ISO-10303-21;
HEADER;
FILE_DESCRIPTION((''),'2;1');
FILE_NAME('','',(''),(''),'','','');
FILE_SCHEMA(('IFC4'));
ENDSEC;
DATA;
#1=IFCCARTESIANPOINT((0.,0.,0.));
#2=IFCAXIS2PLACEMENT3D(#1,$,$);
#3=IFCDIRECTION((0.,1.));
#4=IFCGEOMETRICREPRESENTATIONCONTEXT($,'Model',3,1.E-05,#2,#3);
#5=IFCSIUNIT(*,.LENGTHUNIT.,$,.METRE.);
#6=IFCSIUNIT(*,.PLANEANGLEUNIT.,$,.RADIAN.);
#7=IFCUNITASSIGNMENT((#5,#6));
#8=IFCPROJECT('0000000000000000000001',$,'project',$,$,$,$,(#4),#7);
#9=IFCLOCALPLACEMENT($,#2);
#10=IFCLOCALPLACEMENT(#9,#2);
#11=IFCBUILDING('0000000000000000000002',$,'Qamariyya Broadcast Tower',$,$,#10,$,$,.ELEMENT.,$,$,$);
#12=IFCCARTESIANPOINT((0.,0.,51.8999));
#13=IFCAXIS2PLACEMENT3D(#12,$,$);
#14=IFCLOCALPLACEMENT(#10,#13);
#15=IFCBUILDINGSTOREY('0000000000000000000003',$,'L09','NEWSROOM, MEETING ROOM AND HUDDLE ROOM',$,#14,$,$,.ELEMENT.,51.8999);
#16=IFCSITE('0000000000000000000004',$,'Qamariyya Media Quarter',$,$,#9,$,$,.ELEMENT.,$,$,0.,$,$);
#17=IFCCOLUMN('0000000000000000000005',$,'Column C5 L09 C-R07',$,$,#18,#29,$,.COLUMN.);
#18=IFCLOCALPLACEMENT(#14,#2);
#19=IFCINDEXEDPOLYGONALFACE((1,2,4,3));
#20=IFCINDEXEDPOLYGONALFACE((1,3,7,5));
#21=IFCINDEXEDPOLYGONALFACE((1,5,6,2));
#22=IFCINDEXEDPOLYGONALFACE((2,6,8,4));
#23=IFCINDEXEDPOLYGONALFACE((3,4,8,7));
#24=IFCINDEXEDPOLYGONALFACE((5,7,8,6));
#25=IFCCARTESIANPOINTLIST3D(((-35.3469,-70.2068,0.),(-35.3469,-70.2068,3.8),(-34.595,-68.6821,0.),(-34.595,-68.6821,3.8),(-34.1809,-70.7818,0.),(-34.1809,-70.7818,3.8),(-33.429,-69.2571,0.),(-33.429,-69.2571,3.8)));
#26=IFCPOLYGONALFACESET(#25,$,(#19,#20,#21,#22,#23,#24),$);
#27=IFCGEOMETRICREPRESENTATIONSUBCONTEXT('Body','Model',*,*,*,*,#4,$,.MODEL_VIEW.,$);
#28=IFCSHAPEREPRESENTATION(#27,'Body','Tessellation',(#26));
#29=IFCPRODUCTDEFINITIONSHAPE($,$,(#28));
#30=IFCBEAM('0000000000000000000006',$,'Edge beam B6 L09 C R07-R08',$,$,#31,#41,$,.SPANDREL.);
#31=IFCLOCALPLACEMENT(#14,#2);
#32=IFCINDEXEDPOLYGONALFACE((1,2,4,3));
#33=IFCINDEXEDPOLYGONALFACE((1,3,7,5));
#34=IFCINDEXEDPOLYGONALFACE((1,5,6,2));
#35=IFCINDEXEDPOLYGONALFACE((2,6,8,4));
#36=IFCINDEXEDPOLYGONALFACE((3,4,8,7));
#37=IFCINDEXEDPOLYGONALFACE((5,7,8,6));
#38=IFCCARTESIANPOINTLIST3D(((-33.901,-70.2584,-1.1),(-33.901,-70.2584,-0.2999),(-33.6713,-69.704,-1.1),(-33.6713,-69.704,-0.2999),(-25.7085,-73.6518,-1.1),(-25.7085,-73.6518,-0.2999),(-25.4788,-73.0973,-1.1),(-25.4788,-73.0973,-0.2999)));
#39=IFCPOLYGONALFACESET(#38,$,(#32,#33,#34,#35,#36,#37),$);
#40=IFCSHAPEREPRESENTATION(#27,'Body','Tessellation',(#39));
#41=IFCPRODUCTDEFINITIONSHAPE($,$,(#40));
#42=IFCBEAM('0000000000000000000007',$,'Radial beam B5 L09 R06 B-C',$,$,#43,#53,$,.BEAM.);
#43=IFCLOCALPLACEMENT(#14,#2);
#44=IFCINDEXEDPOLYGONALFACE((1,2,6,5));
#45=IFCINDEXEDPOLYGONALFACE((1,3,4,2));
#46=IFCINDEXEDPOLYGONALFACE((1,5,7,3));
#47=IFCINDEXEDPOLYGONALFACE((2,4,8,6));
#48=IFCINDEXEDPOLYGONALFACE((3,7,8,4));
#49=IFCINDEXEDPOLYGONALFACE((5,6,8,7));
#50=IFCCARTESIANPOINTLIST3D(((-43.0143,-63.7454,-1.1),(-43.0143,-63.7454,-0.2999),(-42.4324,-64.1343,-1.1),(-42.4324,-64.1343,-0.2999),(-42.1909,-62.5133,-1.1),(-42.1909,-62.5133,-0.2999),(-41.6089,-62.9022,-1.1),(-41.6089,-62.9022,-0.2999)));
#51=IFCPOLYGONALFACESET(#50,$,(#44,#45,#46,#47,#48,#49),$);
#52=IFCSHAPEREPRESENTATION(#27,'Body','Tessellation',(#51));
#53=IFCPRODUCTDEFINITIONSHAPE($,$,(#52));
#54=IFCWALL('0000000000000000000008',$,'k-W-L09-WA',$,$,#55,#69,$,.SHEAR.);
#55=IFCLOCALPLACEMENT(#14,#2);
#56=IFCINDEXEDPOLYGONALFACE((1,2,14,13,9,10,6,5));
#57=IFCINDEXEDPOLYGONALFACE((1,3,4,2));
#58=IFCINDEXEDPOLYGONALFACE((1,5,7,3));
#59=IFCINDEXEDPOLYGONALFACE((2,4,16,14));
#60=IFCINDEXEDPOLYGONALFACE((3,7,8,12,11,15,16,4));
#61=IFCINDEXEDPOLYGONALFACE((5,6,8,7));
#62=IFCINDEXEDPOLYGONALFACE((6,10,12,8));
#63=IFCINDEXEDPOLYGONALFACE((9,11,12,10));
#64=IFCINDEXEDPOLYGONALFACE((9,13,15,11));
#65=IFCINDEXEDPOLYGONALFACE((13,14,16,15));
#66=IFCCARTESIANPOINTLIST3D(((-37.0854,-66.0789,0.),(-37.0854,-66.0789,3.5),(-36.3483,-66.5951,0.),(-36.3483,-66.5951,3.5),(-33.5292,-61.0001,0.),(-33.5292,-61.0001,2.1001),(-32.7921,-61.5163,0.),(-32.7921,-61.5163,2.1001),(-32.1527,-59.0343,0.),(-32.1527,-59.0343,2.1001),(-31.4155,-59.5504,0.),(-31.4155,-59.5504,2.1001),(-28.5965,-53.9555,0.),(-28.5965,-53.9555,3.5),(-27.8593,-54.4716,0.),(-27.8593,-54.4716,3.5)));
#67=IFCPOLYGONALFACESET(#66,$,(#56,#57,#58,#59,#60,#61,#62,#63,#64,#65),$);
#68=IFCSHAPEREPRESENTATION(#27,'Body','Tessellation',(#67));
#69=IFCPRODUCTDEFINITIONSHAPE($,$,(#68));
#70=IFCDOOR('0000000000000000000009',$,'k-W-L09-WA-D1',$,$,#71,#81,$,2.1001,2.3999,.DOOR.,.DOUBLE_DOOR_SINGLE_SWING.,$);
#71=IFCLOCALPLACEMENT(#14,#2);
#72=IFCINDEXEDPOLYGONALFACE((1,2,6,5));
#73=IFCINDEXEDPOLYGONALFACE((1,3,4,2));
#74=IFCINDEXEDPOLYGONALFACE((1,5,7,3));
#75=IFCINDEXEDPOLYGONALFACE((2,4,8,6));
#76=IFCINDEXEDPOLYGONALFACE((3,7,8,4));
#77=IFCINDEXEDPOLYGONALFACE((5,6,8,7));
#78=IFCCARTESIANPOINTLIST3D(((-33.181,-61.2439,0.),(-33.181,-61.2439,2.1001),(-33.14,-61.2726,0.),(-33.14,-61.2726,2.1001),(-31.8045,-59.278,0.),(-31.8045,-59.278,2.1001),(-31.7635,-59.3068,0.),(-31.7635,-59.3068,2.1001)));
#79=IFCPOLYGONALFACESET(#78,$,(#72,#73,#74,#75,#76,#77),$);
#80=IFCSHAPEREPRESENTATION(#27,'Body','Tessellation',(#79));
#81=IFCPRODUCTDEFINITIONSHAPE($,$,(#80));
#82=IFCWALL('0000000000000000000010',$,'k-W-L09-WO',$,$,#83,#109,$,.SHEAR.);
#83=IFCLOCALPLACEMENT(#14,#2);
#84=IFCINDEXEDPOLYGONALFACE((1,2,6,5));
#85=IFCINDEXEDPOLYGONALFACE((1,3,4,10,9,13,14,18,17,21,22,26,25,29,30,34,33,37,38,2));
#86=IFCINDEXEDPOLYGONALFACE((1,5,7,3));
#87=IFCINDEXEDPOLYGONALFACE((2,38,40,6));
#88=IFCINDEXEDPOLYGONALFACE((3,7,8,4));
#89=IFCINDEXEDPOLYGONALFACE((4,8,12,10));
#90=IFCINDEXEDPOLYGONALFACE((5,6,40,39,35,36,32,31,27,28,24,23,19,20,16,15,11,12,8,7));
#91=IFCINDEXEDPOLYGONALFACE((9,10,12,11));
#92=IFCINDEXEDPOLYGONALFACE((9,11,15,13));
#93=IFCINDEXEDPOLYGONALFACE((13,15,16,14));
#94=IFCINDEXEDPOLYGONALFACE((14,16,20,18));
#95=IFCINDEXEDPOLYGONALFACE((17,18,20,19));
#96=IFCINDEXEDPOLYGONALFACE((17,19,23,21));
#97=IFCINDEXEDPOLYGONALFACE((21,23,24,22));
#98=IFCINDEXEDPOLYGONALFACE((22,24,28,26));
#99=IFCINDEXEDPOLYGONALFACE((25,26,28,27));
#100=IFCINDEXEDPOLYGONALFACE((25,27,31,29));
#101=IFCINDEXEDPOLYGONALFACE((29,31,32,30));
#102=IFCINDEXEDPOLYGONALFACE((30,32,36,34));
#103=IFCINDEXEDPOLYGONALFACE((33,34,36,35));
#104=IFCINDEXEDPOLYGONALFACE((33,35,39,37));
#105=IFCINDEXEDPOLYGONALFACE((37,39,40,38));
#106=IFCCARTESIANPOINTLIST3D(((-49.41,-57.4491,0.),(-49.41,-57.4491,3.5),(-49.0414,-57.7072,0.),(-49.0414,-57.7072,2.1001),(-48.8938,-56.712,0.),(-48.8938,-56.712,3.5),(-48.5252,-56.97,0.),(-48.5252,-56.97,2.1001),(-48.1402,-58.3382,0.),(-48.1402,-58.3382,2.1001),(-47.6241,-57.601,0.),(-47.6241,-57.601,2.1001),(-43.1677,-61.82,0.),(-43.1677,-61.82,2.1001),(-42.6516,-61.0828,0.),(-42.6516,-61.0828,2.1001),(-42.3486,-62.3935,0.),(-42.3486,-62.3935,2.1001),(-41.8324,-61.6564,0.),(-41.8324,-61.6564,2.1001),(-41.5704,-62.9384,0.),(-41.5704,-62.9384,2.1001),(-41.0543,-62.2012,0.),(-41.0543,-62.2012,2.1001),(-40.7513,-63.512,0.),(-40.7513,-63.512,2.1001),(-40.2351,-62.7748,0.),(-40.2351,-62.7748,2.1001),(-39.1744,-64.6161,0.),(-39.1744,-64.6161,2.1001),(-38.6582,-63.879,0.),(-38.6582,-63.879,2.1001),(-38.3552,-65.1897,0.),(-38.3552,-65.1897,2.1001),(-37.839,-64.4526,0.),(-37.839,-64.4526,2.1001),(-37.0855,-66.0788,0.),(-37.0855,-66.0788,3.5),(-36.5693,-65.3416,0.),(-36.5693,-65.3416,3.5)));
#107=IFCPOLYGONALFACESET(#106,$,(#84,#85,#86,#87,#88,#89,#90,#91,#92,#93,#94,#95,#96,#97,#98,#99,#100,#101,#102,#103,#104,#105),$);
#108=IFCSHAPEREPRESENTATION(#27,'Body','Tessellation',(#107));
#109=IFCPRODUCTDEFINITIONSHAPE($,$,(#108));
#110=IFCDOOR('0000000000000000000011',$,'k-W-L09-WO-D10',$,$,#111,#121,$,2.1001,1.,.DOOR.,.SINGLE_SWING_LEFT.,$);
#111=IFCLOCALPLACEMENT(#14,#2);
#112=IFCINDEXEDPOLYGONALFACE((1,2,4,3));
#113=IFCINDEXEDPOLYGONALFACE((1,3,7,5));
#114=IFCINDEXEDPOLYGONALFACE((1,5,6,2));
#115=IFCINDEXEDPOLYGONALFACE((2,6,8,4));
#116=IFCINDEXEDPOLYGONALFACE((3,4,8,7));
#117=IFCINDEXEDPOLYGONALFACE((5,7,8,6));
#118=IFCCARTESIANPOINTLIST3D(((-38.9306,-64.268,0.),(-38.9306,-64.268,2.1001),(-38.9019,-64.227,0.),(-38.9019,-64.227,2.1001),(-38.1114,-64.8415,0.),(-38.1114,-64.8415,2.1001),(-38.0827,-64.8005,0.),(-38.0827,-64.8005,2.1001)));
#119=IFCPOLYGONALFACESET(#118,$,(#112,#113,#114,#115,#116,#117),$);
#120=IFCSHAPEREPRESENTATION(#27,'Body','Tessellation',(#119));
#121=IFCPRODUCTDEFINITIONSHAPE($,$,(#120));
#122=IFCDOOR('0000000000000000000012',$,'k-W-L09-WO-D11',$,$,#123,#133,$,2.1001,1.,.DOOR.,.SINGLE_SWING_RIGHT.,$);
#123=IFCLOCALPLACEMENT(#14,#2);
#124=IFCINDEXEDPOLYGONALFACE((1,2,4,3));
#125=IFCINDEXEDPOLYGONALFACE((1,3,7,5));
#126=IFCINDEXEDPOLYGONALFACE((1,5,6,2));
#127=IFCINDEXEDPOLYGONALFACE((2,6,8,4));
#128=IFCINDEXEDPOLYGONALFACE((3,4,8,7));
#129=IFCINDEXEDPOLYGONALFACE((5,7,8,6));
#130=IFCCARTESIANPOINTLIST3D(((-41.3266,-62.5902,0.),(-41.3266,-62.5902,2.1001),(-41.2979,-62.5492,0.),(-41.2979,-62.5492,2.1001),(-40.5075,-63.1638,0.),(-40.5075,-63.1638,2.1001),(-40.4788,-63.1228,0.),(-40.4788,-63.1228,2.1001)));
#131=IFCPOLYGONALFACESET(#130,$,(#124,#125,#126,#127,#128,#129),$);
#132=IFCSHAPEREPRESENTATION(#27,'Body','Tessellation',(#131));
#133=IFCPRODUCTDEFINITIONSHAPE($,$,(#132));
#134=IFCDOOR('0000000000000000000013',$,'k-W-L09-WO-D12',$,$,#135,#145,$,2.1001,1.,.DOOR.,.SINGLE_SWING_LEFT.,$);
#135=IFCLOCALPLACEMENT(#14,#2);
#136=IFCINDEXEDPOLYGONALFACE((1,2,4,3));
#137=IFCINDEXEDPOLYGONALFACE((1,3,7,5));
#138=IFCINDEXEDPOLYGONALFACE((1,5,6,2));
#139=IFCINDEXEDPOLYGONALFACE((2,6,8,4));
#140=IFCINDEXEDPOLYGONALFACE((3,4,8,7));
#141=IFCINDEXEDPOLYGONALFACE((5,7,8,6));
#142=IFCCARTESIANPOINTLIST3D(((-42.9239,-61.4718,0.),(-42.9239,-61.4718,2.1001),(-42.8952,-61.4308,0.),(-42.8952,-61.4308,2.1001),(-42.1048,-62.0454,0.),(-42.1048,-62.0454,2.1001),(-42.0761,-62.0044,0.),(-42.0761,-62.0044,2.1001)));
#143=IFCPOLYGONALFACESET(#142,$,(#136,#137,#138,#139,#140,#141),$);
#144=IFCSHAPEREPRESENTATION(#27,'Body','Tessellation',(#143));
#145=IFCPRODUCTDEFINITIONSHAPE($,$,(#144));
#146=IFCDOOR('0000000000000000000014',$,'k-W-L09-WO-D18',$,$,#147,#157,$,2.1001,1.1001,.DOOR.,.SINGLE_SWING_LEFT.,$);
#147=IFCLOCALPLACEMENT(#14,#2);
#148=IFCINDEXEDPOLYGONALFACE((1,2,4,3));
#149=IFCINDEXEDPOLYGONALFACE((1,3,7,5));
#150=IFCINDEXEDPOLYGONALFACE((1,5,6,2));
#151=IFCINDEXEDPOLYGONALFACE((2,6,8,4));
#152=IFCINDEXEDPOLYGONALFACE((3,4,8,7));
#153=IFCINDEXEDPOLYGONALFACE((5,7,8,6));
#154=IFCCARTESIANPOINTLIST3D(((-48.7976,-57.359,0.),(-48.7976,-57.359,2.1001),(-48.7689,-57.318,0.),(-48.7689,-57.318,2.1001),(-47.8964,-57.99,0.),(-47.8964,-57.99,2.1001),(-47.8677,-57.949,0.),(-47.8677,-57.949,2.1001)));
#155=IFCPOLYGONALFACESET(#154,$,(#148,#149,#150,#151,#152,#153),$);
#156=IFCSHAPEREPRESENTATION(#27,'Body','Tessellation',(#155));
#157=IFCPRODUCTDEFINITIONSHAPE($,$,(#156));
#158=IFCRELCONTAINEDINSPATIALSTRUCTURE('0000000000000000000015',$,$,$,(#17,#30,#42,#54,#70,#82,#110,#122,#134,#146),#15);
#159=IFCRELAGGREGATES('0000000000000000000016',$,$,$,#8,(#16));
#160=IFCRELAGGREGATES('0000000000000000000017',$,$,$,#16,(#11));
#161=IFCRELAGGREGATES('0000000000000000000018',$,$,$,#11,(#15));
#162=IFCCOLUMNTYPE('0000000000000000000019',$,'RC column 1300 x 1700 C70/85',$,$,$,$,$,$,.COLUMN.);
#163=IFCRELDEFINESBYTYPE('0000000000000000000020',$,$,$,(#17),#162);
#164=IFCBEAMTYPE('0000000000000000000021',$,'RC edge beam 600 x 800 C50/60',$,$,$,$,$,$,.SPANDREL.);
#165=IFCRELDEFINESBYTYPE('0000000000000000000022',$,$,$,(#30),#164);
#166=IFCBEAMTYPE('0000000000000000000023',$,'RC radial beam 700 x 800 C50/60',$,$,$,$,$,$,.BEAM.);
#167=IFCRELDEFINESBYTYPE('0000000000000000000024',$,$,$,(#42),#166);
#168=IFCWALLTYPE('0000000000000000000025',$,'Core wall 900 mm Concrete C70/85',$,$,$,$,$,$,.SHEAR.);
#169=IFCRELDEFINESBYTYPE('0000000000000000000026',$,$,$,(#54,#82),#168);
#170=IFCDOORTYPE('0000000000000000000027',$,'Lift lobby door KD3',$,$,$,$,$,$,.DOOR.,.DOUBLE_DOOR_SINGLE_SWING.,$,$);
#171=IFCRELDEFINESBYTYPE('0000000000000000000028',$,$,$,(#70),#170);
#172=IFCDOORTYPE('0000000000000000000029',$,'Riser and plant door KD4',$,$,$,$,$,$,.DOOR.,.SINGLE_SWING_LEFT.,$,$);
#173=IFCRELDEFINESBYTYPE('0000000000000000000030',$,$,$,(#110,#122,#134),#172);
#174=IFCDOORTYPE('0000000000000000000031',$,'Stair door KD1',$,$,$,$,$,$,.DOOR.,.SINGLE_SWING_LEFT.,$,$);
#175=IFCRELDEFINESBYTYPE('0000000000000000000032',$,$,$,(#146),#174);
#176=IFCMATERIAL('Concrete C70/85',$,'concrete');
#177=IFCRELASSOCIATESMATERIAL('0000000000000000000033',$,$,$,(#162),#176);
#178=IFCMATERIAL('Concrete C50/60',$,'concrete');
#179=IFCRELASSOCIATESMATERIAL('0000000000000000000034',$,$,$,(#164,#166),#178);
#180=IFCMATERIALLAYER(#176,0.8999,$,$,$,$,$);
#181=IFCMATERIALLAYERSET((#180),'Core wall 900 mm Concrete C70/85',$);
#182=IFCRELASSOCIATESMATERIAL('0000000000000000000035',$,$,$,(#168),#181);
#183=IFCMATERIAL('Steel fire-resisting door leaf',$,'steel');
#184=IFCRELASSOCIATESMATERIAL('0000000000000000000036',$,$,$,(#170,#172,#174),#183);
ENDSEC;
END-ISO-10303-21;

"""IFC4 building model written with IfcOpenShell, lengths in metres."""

from ifc_helpers import new_model, si_unit, direction, frame, frame_2d, origin, origin_2d, place, context, subcontext, project, spatial, rectangle, extrude, material, layer, layer_set, material_profile, profile_set, type_object, element, fill, save


model = new_model("IFC4")

# Units and contexts
model_context = context("Model", 3, precision=1e-05, world=origin(), true_north=direction((0.0, 1.0)))
body_context = subcontext(model_context, "Body", "Model", "MODEL_VIEW")
ifc_project = project(units=[si_unit("LENGTHUNIT", "METRE"), si_unit("PLANEANGLEUNIT", "RADIAN")], contexts=[model_context])

# Site, building, storey
site_placement = place(None, origin())
site = spatial("IfcSite", under=ifc_project, at=site_placement, Name="Qamariyya Media Quarter", CompositionType="ELEMENT", RefElevation=0.0)
building_placement = place(site_placement, origin())
building = spatial("IfcBuilding", under=site, at=building_placement, Name="Qamariyya Broadcast Tower", CompositionType="ELEMENT")
storey_placement = place(building_placement, frame((0.0, 0.0, 51.8999)))
storey = spatial("IfcBuildingStorey", under=building, at=storey_placement, Name="L09", Description="NEWSROOM, MEETING ROOM AND HUDDLE ROOM", CompositionType="ELEMENT", Elevation=51.8999)

# Column
ifc_material_1 = material(Name="Concrete C70/85", Category="concrete")
ifc_material_profile_1 = material_profile(ifc_material_1, rectangle(XDim=1.3, YDim=1.7, at=origin_2d()))
ifc_profile_set_1 = profile_set([ifc_material_profile_1], Name="Concrete C70/85")
column_type = type_object("IfcColumnType", Name="RC column 1300 x 1700 C70/85", PredefinedType="COLUMN", material=ifc_profile_set_1)
column_placement = place(storey_placement, frame((-34.3879, -69.7319, 0.0), z_axis=(0.0, 0.0, 1.0), x_axis=(0.896873, -0.442289, 0.0)))
element("IfcColumn", 1, at=column_placement, inside=storey, type_object=column_type, Name="Column C5 L09 C-R07", PredefinedType="COLUMN", context=body_context, shape_type="SweptSolid", body=[
    extrude(rectangle(XDim=1.3, YDim=1.7, at=origin_2d()), origin(), (0.0, 0.0, 1.0), 3.8),
])

# Beams
ifc_material_2 = material(Name="Concrete C50/60", Category="concrete")
ifc_material_profile_2 = material_profile(ifc_material_2, rectangle(XDim=0.6001, YDim=0.8, at=origin_2d()))
ifc_profile_set_2 = profile_set([ifc_material_profile_2], Name="Concrete C50/60")
beam_type_1 = type_object("IfcBeamType", Name="RC edge beam 600 x 800 C50/60", PredefinedType="SPANDREL", material=ifc_profile_set_2)
beam_1_placement = place(storey_placement, frame((-33.7861, -69.9812, -0.7), z_axis=(0.923883, -0.382675, 0.0), x_axis=(0.382675, 0.923883, 0.0)))
element("IfcBeam", 2, at=beam_1_placement, inside=storey, type_object=beam_type_1, Name="Edge beam B6 L09 C R07-R08", PredefinedType="SPANDREL", context=body_context, shape_type="SweptSolid", body=[
    extrude(rectangle(XDim=0.6001, YDim=0.8, at=origin_2d()), origin(), (0.0, 0.0, 1.0), 8.8674),
])
ifc_material_profile_3 = material_profile(ifc_material_2, rectangle(XDim=0.7, YDim=0.8, at=origin_2d()))
ifc_profile_set_3 = profile_set([ifc_material_profile_3], Name="Concrete C50/60")
beam_type_2 = type_object("IfcBeamType", Name="RC radial beam 700 x 800 C50/60", PredefinedType="BEAM", material=ifc_profile_set_3)
beam_2_placement = place(storey_placement, frame((-41.8999, -62.7078, -0.7), z_axis=(-0.55565, -0.831416, 0.0), x_axis=(0.831416, -0.55565, 0.0)))
element("IfcBeam", 3, at=beam_2_placement, inside=storey, type_object=beam_type_2, Name="Radial beam B5 L09 R06 B-C", PredefinedType="BEAM", context=body_context, shape_type="SweptSolid", body=[
    extrude(rectangle(XDim=0.7, YDim=0.8, at=origin_2d()), origin(), (0.0, 0.0, 1.0), 1.4819),
])

# Wall, opening, door
ifc_layer_1 = layer(ifc_material_1, 0.8999)
ifc_layer_set_1 = layer_set([ifc_layer_1], Name="Core wall 900 mm Concrete C70/85")
wall_type_1 = type_object("IfcWallType", Name="Core wall 900 mm Concrete C70/85", PredefinedType="SHEAR", material=ifc_layer_set_1)
wall_1_placement = place(storey_placement, frame((-36.7168, -66.3369, 0.0), z_axis=(0.0, 0.0, 1.0), x_axis=(0.573577, 0.819151, 0.0)))
wall_1 = element("IfcWall", 4, at=wall_1_placement, inside=storey, type_object=wall_type_1, Name="k-W-L09-WA", PredefinedType="SHEAR", context=body_context, shape_type="SweptSolid", body=[
    extrude(rectangle(XDim=14.8, YDim=0.8999, at=frame_2d((7.3999, 0.0))), origin(), (0.0, 0.0, 1.0), 3.5),
])
opening_1_placement = place(wall_1_placement, frame((6.2, 0.0, 0.0)))
opening_1 = element("IfcOpeningElement", 5, at=opening_1_placement, cuts=wall_1, PredefinedType="OPENING", context=body_context, shape_type="SweptSolid", body=[
    extrude(rectangle(XDim=2.3999, YDim=2.1001, at=frame_2d((1.2, 1.05))), frame((0.0, 0.46, 0.0), z_axis=(0.0, -1.0, 0.0), x_axis=(1.0, 0.0, 0.0)), (0.0, 0.0, 1.0), 0.9199),
])
ifc_material_3 = material(Name="Steel fire-resisting door leaf", Category="steel")
door_type_1 = type_object("IfcDoorType", Name="Lift lobby door KD3", OperationType="DOUBLE_DOOR_SINGLE_SWING", PredefinedType="DOOR", material=ifc_material_3)
door_1_placement = place(opening_1_placement, origin())
door_1 = element("IfcDoor", 6, at=door_1_placement, inside=storey, type_object=door_type_1, Name="k-W-L09-WA-D1", OperationType="DOUBLE_DOOR_SINGLE_SWING", OverallHeight=2.1001, OverallWidth=2.3999, PredefinedType="DOOR", context=body_context, shape_type="SweptSolid", body=[
    extrude(rectangle(XDim=2.3999, YDim=2.1001, at=frame_2d((1.2, 1.05))), frame((0.0, 0.0249, 0.0), z_axis=(0.0, -1.0, 0.0), x_axis=(1.0, 0.0, 0.0)), (0.0, 0.0, 1.0), 0.05),
])
fill(opening_1, door_1)

# Wall, openings, doors
wall_2_placement = place(storey_placement, frame((-36.8274, -65.7102, 0.0), z_axis=(0.0, 0.0, 1.0), x_axis=(-0.819153, 0.573575, 0.0)))
wall_2 = element("IfcWall", 7, at=wall_2_placement, inside=storey, type_object=wall_type_1, Name="k-W-L09-WO", PredefinedType="SHEAR", context=body_context, shape_type="SweptSolid", body=[
    extrude(rectangle(XDim=15.0454, YDim=0.8999, at=frame_2d((7.5227, 0.0))), origin(), (0.0, 0.0, 1.0), 3.5),
])
opening_2_placement = place(wall_2_placement, frame((1.55, 0.0, 0.0)))
opening_2 = element("IfcOpeningElement", 8, at=opening_2_placement, cuts=wall_2, PredefinedType="OPENING", context=body_context, shape_type="SweptSolid", body=[
    extrude(rectangle(XDim=1.0, YDim=2.1001, at=frame_2d((0.5, 1.05))), frame((0.0, 0.46, 0.0), z_axis=(0.0, -1.0, 0.0), x_axis=(1.0, 0.0, 0.0)), (0.0, 0.0, 1.0), 0.9199),
])
opening_3_placement = place(wall_2_placement, frame((4.4751, 0.0, 0.0)))
opening_3 = element("IfcOpeningElement", 9, at=opening_3_placement, cuts=wall_2, PredefinedType="OPENING", context=body_context, shape_type="SweptSolid", body=[
    extrude(rectangle(XDim=1.0, YDim=2.1001, at=frame_2d((0.5, 1.05))), frame((0.0, 0.46, 0.0), z_axis=(0.0, -1.0, 0.0), x_axis=(1.0, 0.0, 0.0)), (0.0, 0.0, 1.0), 0.9199),
])
opening_4_placement = place(wall_2_placement, frame((6.425, 0.0, 0.0)))
opening_4 = element("IfcOpeningElement", 10, at=opening_4_placement, cuts=wall_2, PredefinedType="OPENING", context=body_context, shape_type="SweptSolid", body=[
    extrude(rectangle(XDim=1.0, YDim=2.1001, at=frame_2d((0.5, 1.05))), frame((0.0, 0.46, 0.0), z_axis=(0.0, -1.0, 0.0), x_axis=(1.0, 0.0, 0.0)), (0.0, 0.0, 1.0), 0.9199),
])
opening_5_placement = place(wall_2_placement, frame((13.4954, 0.0, 0.0)))
opening_5 = element("IfcOpeningElement", 11, at=opening_5_placement, cuts=wall_2, PredefinedType="OPENING", context=body_context, shape_type="SweptSolid", body=[
    extrude(rectangle(XDim=1.1001, YDim=2.1001, at=frame_2d((0.55, 1.05))), frame((0.0, 0.46, 0.0), z_axis=(0.0, -1.0, 0.0), x_axis=(1.0, 0.0, 0.0)), (0.0, 0.0, 1.0), 0.9199),
])
door_type_2 = type_object("IfcDoorType", Name="Riser and plant door KD4", OperationType="SINGLE_SWING_LEFT", PredefinedType="DOOR", material=ifc_material_3)
door_2_placement = place(opening_2_placement, origin())
door_2 = element("IfcDoor", 12, at=door_2_placement, inside=storey, type_object=door_type_2, Name="k-W-L09-WO-D10", OperationType="SINGLE_SWING_LEFT", OverallHeight=2.1001, OverallWidth=1.0, PredefinedType="DOOR", context=body_context, shape_type="SweptSolid", body=[
    extrude(rectangle(XDim=1.0, YDim=2.1001, at=frame_2d((0.5, 1.05))), frame((0.0, 0.0249, 0.0), z_axis=(0.0, -1.0, 0.0), x_axis=(1.0, 0.0, 0.0)), (0.0, 0.0, 1.0), 0.05),
])
fill(opening_2, door_2)
door_3_placement = place(opening_3_placement, origin())
door_3 = element("IfcDoor", 13, at=door_3_placement, inside=storey, type_object=door_type_2, Name="k-W-L09-WO-D11", OperationType="SINGLE_SWING_RIGHT", OverallHeight=2.1001, OverallWidth=1.0, PredefinedType="DOOR", context=body_context, shape_type="SweptSolid", body=[
    extrude(rectangle(XDim=1.0, YDim=2.1001, at=frame_2d((0.5, 1.05))), frame((0.0, 0.0249, 0.0), z_axis=(0.0, -1.0, 0.0), x_axis=(1.0, 0.0, 0.0)), (0.0, 0.0, 1.0), 0.05),
])
fill(opening_3, door_3)
door_4_placement = place(opening_4_placement, origin())
door_4 = element("IfcDoor", 14, at=door_4_placement, inside=storey, type_object=door_type_2, Name="k-W-L09-WO-D12", OperationType="SINGLE_SWING_LEFT", OverallHeight=2.1001, OverallWidth=1.0, PredefinedType="DOOR", context=body_context, shape_type="SweptSolid", body=[
    extrude(rectangle(XDim=1.0, YDim=2.1001, at=frame_2d((0.5, 1.05))), frame((0.0, 0.0249, 0.0), z_axis=(0.0, -1.0, 0.0), x_axis=(1.0, 0.0, 0.0)), (0.0, 0.0, 1.0), 0.05),
])
fill(opening_4, door_4)
door_type_3 = type_object("IfcDoorType", Name="Stair door KD1", OperationType="SINGLE_SWING_LEFT", PredefinedType="DOOR", material=ifc_material_3)
door_5_placement = place(opening_5_placement, origin())
door_5 = element("IfcDoor", 15, at=door_5_placement, inside=storey, type_object=door_type_3, Name="k-W-L09-WO-D18", OperationType="SINGLE_SWING_LEFT", OverallHeight=2.1001, OverallWidth=1.1001, PredefinedType="DOOR", context=body_context, shape_type="SweptSolid", body=[
    extrude(rectangle(XDim=1.1001, YDim=2.1001, at=frame_2d((0.55, 1.05))), frame((0.0, 0.0249, 0.0), z_axis=(0.0, -1.0, 0.0), x_axis=(1.0, 0.0, 0.0)), (0.0, 0.0, 1.0), 0.05),
])
fill(opening_5, door_5)

save(model, "model.ifc")
